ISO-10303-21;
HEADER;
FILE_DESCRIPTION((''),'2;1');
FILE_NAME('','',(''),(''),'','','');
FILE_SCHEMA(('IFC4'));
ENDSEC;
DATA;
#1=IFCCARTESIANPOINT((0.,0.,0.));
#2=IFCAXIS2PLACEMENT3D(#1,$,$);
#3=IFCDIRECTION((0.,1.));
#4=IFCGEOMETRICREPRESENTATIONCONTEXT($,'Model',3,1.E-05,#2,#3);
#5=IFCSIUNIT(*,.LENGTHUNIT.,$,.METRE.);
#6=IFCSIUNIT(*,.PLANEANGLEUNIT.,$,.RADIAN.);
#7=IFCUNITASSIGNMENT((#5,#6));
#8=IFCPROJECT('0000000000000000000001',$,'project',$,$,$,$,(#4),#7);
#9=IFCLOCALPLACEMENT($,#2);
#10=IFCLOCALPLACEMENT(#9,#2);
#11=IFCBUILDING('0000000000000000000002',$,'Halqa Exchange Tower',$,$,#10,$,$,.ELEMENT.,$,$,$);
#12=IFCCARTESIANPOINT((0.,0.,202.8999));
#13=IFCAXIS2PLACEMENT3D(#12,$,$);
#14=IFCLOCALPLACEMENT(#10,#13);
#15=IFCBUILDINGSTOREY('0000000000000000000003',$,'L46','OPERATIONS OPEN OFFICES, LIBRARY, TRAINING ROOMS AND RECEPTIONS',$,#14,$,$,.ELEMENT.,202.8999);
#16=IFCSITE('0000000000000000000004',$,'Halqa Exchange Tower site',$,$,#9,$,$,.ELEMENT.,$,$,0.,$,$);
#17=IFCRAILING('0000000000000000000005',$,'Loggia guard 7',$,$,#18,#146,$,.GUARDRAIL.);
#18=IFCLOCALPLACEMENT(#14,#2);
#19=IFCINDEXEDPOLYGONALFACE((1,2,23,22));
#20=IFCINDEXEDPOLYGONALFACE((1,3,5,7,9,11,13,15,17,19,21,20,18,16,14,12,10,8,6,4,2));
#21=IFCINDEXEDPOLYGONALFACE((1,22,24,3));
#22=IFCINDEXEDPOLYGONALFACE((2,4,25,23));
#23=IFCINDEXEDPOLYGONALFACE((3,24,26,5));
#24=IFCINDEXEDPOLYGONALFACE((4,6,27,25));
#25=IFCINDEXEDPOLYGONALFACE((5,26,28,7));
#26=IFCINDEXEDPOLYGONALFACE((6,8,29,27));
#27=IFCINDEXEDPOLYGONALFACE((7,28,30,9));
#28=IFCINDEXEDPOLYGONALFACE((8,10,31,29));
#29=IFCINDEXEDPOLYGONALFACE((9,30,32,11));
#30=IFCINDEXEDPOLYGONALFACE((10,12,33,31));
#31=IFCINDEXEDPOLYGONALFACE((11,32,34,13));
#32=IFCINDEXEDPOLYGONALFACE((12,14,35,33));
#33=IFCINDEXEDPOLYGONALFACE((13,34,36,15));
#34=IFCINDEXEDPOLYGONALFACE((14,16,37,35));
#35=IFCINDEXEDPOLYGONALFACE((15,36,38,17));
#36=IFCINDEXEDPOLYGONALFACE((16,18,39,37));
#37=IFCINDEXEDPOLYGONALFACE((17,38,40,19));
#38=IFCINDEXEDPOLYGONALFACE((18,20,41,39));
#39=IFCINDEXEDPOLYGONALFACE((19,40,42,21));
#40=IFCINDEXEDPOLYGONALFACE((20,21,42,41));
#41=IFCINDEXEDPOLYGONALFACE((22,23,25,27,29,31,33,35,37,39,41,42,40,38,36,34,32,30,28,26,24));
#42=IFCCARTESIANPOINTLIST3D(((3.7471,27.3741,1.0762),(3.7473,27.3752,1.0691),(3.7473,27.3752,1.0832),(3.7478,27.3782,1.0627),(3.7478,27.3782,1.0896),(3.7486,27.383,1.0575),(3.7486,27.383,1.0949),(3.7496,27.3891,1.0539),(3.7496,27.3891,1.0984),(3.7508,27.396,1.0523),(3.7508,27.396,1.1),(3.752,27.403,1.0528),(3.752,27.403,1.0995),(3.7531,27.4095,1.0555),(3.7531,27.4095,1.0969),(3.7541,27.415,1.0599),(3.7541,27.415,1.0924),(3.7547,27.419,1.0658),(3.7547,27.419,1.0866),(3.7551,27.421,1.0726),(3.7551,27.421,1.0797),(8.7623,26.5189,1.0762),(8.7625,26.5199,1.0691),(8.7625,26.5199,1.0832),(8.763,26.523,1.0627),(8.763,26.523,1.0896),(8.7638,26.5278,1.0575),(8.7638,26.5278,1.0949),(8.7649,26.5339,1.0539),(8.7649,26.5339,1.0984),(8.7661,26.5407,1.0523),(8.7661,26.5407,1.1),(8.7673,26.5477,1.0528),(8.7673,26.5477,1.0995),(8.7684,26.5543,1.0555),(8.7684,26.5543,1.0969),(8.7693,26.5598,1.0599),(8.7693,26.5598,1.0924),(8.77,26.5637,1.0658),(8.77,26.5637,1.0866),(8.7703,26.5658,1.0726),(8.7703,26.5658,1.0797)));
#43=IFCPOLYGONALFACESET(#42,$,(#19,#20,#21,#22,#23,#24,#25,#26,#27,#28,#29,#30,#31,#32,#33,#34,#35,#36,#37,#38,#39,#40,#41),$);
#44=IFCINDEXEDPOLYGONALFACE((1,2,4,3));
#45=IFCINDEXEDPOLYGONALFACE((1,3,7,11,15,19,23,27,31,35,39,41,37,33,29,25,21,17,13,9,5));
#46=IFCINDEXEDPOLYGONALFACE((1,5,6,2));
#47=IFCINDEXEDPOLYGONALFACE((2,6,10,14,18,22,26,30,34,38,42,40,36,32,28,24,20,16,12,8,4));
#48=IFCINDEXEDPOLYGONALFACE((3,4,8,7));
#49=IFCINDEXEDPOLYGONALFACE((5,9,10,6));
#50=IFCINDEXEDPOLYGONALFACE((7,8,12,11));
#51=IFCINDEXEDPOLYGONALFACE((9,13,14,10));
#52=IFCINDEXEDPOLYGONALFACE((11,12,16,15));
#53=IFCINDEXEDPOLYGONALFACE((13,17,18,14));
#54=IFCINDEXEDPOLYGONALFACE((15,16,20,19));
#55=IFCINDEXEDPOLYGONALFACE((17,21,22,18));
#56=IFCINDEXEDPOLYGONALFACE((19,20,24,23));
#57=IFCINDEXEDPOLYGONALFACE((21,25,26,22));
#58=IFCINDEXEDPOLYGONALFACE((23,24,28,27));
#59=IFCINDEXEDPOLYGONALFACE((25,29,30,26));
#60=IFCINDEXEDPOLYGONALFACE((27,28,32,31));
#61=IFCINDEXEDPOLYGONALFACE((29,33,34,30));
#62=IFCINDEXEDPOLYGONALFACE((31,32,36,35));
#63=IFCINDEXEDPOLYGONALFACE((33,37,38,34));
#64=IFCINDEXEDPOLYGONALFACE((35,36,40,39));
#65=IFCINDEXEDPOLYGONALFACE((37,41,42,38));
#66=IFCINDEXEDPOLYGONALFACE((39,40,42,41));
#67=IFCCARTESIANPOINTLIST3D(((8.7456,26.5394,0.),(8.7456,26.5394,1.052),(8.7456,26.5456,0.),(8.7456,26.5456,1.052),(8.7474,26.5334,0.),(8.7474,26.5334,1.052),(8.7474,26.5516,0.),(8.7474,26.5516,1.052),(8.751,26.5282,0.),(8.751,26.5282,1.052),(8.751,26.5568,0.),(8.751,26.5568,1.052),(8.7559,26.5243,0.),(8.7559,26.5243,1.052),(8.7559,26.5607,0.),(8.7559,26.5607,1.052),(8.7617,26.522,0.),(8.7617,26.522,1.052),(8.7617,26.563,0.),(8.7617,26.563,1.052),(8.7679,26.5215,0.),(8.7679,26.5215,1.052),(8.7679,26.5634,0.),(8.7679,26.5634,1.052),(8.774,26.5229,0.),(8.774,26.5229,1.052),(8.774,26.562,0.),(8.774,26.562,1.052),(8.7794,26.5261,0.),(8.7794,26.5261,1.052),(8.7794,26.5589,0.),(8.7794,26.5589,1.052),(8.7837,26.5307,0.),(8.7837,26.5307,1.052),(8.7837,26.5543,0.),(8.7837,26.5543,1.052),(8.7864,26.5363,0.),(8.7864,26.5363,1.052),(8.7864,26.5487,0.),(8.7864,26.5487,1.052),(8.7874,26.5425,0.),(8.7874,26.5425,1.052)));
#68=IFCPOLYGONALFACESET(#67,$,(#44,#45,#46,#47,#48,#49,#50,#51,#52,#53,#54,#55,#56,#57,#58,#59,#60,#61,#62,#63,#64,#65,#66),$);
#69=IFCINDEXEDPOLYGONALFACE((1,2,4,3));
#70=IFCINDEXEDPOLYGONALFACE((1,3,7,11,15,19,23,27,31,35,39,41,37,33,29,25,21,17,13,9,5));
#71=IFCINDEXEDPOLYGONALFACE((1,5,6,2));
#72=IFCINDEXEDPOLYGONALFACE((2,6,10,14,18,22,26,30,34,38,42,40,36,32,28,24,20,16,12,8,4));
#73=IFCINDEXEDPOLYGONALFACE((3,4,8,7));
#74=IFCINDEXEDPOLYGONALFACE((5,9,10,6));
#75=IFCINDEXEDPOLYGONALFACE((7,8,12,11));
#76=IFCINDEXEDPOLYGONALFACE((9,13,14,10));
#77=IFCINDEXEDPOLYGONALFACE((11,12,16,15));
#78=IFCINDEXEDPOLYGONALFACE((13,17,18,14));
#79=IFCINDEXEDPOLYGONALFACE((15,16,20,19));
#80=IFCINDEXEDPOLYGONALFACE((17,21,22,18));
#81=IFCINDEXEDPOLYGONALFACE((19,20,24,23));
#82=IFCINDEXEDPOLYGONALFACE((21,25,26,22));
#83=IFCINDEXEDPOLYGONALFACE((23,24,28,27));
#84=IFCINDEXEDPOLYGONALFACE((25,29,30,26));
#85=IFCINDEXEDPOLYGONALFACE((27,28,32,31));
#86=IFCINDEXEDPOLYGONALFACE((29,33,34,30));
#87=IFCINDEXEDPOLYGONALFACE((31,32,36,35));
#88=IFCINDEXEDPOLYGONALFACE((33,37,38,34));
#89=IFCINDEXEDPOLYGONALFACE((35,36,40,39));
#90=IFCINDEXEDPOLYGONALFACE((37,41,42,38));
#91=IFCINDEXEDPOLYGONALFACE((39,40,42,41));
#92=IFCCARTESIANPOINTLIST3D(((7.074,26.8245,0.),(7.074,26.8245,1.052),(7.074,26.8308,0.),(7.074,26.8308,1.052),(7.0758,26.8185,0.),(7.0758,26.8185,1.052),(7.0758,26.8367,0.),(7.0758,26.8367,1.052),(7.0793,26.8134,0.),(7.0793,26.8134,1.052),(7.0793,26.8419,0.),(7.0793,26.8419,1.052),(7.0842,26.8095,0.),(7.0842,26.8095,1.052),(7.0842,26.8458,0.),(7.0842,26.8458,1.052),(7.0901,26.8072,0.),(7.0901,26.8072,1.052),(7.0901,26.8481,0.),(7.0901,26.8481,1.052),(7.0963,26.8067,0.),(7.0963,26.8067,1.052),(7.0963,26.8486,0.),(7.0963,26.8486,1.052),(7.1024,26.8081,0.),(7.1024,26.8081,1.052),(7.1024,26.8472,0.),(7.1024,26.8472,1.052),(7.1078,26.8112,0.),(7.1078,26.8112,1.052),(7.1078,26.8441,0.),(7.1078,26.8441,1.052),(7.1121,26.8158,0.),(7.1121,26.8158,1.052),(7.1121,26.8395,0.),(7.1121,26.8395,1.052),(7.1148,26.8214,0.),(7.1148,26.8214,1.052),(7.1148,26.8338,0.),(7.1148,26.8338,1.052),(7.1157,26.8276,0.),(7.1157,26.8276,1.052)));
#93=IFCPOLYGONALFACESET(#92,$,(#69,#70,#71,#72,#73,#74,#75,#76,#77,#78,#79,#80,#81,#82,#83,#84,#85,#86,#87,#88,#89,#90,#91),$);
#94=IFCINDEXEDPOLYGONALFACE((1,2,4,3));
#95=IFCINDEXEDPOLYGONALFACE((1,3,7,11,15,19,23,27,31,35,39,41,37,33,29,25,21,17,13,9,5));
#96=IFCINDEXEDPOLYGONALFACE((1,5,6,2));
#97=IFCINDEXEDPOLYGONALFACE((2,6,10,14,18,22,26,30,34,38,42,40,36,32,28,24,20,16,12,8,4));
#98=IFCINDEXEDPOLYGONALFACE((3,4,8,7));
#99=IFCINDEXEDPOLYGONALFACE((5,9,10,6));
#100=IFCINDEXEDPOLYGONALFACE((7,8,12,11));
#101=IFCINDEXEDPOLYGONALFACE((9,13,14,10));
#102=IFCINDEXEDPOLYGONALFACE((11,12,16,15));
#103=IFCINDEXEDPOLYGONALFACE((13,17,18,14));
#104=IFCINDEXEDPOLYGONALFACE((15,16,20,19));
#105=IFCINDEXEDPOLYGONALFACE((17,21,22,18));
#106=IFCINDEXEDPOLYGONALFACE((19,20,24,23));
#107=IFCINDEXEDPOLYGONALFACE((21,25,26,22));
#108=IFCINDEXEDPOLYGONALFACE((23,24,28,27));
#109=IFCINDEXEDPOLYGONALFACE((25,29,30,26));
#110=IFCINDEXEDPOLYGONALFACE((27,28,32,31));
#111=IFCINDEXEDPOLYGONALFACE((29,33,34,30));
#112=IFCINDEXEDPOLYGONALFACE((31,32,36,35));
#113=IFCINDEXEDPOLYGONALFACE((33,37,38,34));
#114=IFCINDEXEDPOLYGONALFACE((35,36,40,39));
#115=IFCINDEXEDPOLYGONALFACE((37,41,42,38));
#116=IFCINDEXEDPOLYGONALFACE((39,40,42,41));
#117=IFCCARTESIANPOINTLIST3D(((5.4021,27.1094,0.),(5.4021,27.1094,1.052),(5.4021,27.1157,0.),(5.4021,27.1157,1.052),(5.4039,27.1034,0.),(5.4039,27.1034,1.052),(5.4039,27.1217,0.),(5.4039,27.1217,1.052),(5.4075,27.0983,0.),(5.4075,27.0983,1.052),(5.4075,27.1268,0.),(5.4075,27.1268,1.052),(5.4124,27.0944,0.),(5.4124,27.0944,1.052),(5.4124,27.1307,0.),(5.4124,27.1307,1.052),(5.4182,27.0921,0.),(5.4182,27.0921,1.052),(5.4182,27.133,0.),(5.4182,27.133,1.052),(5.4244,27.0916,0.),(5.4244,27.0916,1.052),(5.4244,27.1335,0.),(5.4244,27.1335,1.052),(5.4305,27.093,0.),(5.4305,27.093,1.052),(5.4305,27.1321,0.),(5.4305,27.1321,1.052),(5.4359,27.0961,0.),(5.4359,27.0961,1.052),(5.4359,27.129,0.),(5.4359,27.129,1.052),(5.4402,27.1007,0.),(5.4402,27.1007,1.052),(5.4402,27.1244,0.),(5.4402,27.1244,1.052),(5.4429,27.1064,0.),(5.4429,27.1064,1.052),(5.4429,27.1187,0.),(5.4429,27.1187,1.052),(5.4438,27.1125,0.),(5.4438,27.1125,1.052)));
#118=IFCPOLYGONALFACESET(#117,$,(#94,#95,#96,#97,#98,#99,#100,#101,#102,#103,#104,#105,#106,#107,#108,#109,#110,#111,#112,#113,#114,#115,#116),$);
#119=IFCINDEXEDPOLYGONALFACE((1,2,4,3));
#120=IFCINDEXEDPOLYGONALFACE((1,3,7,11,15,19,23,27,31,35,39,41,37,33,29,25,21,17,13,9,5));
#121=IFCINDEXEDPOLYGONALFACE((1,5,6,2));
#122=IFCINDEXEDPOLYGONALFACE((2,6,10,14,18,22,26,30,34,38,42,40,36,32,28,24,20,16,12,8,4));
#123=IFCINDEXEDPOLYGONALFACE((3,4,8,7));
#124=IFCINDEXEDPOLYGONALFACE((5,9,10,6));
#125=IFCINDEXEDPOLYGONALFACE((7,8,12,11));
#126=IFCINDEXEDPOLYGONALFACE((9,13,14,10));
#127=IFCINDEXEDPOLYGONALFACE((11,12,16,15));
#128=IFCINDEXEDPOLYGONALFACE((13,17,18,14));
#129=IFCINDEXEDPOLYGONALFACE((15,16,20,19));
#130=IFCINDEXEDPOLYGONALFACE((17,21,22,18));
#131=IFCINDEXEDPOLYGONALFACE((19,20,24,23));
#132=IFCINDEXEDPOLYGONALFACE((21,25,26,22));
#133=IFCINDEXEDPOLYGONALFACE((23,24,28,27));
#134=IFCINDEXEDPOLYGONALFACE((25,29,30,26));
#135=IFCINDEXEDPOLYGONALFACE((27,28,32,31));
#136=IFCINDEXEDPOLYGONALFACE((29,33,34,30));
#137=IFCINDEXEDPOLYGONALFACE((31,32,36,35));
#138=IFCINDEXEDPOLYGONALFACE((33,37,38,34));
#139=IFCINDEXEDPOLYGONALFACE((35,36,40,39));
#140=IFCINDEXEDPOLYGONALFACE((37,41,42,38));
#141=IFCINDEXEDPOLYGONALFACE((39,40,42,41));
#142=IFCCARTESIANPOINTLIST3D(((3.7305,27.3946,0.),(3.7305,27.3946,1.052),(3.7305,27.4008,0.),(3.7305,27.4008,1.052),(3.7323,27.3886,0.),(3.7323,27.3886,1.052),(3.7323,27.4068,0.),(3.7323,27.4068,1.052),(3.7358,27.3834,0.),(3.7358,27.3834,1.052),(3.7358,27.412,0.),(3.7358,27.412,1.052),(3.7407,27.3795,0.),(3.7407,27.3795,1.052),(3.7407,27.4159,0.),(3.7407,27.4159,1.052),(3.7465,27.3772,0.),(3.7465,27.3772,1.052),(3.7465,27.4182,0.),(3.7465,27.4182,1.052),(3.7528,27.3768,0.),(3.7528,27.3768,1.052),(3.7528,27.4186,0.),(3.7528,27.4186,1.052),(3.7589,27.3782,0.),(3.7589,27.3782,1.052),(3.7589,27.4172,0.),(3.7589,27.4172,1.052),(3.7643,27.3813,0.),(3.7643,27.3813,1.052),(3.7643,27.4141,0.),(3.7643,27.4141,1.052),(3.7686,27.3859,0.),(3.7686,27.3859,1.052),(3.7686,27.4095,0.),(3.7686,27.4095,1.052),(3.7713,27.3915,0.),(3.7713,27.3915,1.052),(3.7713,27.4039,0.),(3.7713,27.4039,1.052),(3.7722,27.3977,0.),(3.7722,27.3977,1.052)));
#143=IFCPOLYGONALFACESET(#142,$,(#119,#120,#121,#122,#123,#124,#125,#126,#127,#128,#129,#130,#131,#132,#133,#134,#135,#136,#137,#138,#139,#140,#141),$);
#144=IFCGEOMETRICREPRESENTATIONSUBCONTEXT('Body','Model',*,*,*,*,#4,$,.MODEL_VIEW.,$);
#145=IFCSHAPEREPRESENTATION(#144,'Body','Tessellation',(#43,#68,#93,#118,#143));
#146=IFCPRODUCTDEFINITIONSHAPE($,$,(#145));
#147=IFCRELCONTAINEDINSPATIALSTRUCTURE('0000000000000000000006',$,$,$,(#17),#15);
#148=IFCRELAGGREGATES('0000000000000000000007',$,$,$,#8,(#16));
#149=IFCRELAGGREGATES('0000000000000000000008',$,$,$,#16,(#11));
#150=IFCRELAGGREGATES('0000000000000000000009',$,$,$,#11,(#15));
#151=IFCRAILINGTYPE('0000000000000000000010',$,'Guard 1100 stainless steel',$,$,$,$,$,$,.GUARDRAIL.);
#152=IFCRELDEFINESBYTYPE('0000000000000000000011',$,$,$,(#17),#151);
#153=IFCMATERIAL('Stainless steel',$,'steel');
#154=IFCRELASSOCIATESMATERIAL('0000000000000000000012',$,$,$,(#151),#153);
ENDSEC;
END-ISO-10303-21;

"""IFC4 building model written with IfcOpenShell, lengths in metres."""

from ifc_helpers import new_model, si_unit, direction, frame, origin, origin_2d, place, context, subcontext, project, spatial, circle, extrude, material, type_object, element, save


model = new_model("IFC4")

# Units and contexts
model_context = context("Model", 3, precision=1e-05, world=origin(), true_north=direction((0.0, 1.0)))
body_context = subcontext(model_context, "Body", "Model", "MODEL_VIEW")
ifc_project = project(units=[si_unit("LENGTHUNIT", "METRE"), si_unit("PLANEANGLEUNIT", "RADIAN")], contexts=[model_context])

# Site, building, storey
site_placement = place(None, origin())
site = spatial("IfcSite", under=ifc_project, at=site_placement, Name="Halqa Exchange Tower site", CompositionType="ELEMENT", RefElevation=0.0)
building_placement = place(site_placement, origin())
building = spatial("IfcBuilding", under=site, at=building_placement, Name="Halqa Exchange Tower", CompositionType="ELEMENT")
storey_placement = place(building_placement, frame((0.0, 0.0, 202.8999)))
storey = spatial("IfcBuildingStorey", under=building, at=storey_placement, Name="L46", Description="OPERATIONS OPEN OFFICES, LIBRARY, TRAINING ROOMS AND RECEPTIONS", CompositionType="ELEMENT", Elevation=202.8999)

# Railing
ifc_material_1 = material(Name="Stainless steel", Category="steel")
railing_type_1 = type_object("IfcRailingType", Name="Guard 1100 stainless steel", PredefinedType="GUARDRAIL", material=ifc_material_1)
railing_1_placement = place(storey_placement, frame((8.7664, 26.5425, 0.0)))
element("IfcRailing", 1, at=railing_1_placement, inside=storey, type_object=railing_type_1, Name="Loggia guard 7", PredefinedType="GUARDRAIL", context=body_context, shape_type="SweptSolid", body=[
    extrude(circle(Radius=0.0239, at=origin_2d()), frame((0.0, 0.0, 1.0762), z_axis=(-0.98577, 0.168102, 0.0), x_axis=(-0.168102, -0.98577, 0.0)), (0.0, 0.0, 1.0), 5.0876),
    extrude(circle(Radius=0.021, at=origin_2d()), origin(), (0.0, 0.0, 1.0), 1.052),
    extrude(circle(Radius=0.021, at=origin_2d()), frame((-1.6716, 0.2852, 0.0)), (0.0, 0.0, 1.0), 1.052),
    extrude(circle(Radius=0.021, at=origin_2d()), frame((-3.3435, 0.5701, 0.0)), (0.0, 0.0, 1.0), 1.052),
    extrude(circle(Radius=0.021, at=origin_2d()), frame((-5.0151, 0.8552, 0.0)), (0.0, 0.0, 1.0), 1.052),
])

save(model, "model.ifc")
